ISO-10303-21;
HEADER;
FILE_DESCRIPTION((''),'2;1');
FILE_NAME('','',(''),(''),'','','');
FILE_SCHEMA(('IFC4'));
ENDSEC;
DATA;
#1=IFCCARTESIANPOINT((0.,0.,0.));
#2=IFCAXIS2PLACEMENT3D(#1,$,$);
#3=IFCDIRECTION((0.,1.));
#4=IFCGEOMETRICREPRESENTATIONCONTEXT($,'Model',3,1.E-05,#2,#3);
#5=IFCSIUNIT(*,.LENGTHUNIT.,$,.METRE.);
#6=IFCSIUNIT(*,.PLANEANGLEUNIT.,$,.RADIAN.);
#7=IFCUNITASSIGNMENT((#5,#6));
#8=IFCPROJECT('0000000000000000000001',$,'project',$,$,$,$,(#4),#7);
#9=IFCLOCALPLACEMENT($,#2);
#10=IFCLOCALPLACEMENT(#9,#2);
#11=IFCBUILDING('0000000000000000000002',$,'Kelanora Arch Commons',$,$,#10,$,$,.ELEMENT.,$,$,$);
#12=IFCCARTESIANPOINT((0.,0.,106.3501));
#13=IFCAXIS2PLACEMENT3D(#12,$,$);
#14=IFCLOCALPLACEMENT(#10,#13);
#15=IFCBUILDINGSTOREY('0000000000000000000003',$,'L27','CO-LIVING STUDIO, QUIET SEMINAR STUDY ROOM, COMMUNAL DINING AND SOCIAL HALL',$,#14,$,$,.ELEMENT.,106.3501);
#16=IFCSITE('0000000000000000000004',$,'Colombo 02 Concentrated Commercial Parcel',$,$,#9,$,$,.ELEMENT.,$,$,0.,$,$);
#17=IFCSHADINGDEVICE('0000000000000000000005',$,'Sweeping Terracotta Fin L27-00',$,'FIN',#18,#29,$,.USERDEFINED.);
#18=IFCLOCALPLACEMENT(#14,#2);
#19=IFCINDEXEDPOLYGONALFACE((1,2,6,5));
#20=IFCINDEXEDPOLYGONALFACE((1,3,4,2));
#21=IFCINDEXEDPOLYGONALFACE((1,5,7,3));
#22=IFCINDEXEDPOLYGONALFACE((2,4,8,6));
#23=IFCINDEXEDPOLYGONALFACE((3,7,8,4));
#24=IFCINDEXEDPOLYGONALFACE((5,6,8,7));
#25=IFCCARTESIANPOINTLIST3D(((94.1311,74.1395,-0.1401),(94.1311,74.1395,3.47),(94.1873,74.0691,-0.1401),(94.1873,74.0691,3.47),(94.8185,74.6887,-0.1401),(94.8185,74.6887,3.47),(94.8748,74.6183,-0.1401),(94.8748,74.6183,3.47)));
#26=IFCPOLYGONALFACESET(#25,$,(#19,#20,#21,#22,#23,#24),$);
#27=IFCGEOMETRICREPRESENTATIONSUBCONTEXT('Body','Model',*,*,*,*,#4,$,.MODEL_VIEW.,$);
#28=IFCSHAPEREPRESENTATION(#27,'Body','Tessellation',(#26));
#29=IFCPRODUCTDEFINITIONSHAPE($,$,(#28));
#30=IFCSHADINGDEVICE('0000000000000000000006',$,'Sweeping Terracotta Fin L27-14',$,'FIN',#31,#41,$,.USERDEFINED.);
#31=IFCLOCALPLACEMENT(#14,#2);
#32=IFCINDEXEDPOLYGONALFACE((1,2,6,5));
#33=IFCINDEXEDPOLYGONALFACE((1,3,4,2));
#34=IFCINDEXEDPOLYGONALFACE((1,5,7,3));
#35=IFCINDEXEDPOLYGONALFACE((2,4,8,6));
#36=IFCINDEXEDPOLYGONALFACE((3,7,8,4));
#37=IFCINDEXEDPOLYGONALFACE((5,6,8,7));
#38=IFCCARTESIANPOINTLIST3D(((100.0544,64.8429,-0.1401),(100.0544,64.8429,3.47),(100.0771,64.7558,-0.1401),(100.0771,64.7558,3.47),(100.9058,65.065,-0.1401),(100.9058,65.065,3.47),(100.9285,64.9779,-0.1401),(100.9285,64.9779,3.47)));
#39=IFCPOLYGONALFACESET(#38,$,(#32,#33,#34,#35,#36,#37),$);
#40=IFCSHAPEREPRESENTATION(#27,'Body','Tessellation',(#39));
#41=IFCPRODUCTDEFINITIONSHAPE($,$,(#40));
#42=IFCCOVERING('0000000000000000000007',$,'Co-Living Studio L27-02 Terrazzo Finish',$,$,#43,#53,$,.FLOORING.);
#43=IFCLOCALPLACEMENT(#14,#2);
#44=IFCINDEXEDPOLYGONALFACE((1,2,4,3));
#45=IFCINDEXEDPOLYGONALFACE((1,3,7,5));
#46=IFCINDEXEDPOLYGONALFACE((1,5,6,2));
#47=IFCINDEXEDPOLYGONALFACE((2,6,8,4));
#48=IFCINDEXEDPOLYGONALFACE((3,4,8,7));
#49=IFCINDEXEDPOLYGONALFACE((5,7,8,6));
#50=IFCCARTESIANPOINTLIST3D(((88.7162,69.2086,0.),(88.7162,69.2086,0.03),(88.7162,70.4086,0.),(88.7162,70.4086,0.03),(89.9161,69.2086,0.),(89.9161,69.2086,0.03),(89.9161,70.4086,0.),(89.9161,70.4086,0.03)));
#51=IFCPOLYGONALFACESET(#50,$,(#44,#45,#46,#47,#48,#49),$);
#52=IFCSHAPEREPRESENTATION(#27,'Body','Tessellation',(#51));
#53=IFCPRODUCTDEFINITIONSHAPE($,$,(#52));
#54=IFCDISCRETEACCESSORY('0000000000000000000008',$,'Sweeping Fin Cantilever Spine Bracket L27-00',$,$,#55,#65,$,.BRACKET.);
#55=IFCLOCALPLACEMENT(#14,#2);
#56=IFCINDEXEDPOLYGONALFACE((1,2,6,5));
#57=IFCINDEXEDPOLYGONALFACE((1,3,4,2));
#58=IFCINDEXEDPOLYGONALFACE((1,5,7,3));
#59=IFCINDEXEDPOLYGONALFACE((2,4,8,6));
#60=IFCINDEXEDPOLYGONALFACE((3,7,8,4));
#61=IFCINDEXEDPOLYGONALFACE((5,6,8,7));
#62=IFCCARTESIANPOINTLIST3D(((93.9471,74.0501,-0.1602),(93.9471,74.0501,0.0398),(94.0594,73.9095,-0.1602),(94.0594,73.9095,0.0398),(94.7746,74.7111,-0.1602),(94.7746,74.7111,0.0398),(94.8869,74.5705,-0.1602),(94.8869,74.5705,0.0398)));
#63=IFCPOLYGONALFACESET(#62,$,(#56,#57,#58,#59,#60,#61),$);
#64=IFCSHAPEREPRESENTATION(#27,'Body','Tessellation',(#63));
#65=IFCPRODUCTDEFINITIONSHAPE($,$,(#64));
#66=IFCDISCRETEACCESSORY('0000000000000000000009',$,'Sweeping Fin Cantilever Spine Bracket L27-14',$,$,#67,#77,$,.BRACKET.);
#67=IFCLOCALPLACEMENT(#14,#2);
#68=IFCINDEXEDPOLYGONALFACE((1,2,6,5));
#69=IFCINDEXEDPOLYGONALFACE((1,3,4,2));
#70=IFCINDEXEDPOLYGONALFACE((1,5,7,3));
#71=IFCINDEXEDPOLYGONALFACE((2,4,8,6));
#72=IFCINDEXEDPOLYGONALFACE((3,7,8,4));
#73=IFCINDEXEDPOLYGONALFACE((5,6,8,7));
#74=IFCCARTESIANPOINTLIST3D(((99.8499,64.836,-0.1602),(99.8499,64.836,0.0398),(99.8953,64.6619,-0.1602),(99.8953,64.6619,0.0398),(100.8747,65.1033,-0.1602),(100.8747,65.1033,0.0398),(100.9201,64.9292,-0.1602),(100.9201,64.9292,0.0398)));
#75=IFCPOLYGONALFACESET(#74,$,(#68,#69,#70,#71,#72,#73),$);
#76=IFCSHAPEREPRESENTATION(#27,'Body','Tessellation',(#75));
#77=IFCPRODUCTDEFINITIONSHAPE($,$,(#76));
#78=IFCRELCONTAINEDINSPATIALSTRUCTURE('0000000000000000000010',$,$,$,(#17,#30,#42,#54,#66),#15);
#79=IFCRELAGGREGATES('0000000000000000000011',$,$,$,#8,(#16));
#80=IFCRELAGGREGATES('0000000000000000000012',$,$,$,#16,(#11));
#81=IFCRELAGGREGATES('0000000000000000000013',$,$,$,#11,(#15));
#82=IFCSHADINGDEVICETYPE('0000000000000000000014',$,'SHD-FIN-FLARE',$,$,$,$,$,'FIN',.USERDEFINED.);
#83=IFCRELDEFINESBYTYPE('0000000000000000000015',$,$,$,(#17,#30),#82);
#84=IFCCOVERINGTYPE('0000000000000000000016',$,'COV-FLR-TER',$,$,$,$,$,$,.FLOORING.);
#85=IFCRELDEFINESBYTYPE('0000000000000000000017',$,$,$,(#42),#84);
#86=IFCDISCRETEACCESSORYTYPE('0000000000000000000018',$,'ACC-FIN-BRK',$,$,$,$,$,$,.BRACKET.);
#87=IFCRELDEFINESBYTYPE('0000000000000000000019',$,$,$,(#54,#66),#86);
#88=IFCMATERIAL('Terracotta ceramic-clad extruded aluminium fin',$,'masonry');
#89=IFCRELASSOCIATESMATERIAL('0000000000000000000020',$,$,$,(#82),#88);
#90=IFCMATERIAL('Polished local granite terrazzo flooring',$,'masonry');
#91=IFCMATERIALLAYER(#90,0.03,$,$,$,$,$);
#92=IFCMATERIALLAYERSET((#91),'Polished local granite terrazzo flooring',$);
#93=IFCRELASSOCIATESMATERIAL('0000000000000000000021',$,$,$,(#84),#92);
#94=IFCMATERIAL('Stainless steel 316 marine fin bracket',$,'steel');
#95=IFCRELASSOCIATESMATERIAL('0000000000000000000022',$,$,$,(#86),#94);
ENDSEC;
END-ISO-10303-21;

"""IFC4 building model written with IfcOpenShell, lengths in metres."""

from ifc_helpers import new_model, si_unit, direction, frame, origin, origin_2d, place, context, subcontext, project, spatial, rectangle, extrude, source, transform, mapped, material, layer, layer_set, type_object, element, save


model = new_model("IFC4")

# Units and contexts
model_context = context("Model", 3, precision=1e-05, world=origin(), true_north=direction((0.0, 1.0)))
body_context = subcontext(model_context, "Body", "Model", "MODEL_VIEW")
ifc_project = project(units=[si_unit("LENGTHUNIT", "METRE"), si_unit("PLANEANGLEUNIT", "RADIAN")], contexts=[model_context])

# Site, building, storey
site_placement = place(None, origin())
site = spatial("IfcSite", under=ifc_project, at=site_placement, Name="Colombo 02 Concentrated Commercial Parcel", CompositionType="ELEMENT", RefElevation=0.0)
building_placement = place(site_placement, origin())
building = spatial("IfcBuilding", under=site, at=building_placement, Name="Kelanora Arch Commons", CompositionType="ELEMENT")
storey_placement = place(building_placement, frame((0.0, 0.0, 106.3501)))
storey = spatial("IfcBuildingStorey", under=building, at=storey_placement, Name="L27", Description="CO-LIVING STUDIO, QUIET SEMINAR STUDY ROOM, COMMUNAL DINING AND SOCIAL HALL", CompositionType="ELEMENT", Elevation=106.3501)

# Shading devices
ifc_material_1 = material(Name="Terracotta ceramic-clad extruded aluminium fin", Category="masonry")
shading_device_type = type_object("IfcShadingDeviceType", Name="SHD-FIN-FLARE", ElementType="FIN", PredefinedType="USERDEFINED", material=ifc_material_1)
shared_shape_1 = source(origin(), body_context, "Body", "SweptSolid", [
    extrude(rectangle(XDim=0.8799, YDim=0.0901, at=origin_2d()), origin(), (0.0, 0.0, 1.0), 3.6101),
])
for number, where, z_axis, x_axis, name in (
    (1, (94.5029, 74.3789, -0.1401), (0.0, 0.0, 1.0), (0.781303, 0.624152, 0.0), "Sweeping Terracotta Fin L27-00"),
    (2, (100.4915, 64.9104, -0.1401), (0.0, 0.0, 1.0), (0.967621, 0.252407, 0.0), "Sweeping Terracotta Fin L27-14"),
):
    element("IfcShadingDevice", number, at=place(storey_placement, frame(where, z_axis=z_axis, x_axis=x_axis)), inside=storey, type_object=shading_device_type, Name=name, ObjectType="FIN", PredefinedType="USERDEFINED", context=body_context, shape_type="MappedRepresentation", body=[
        mapped(shared_shape_1, transform((0.0, 0.0, 0.0), scale=1.0)),
    ])

# Covering
ifc_material_2 = material(Name="Polished local granite terrazzo flooring", Category="masonry")
ifc_layer_1 = layer(ifc_material_2, 0.03)
ifc_layer_set_1 = layer_set([ifc_layer_1], Name="Polished local granite terrazzo flooring")
covering_type = type_object("IfcCoveringType", Name="COV-FLR-TER", PredefinedType="FLOORING", material=ifc_layer_set_1)
shared_shape_2 = source(origin(), body_context, "Body", "SweptSolid", [
    extrude(rectangle(XDim=1.2, YDim=1.2, at=origin_2d()), origin(), (0.0, 0.0, 1.0), 0.03),
])
covering_placement = place(storey_placement, frame((89.3162, 69.8086, 0.0), z_axis=(0.0, 0.0, 1.0), x_axis=(1.0, 0.0, 0.0)))
element("IfcCovering", 3, at=covering_placement, inside=storey, type_object=covering_type, Name="Co-Living Studio L27-02 Terrazzo Finish", PredefinedType="FLOORING", context=body_context, shape_type="MappedRepresentation", body=[
    mapped(shared_shape_2, transform((0.0, 0.0, 0.0), scale=1.0)),
])

# Discrete accessories
ifc_material_3 = material(Name="Stainless steel 316 marine fin bracket", Category="steel")
discrete_accessory_type = type_object("IfcDiscreteAccessoryType", Name="ACC-FIN-BRK", PredefinedType="BRACKET", material=ifc_material_3)
shared_shape_3 = source(origin(), body_context, "Body", "SweptSolid", [
    extrude(rectangle(XDim=1.0591, YDim=0.1799, at=origin_2d()), origin(), (0.0, 0.0, 1.0), 0.2),
])
for number, where, z_axis, x_axis, name in (
    (4, (94.417, 74.3103, -0.1602), (0.0, 0.0, 1.0), (0.781303, 0.624152, 0.0), "Sweeping Fin Cantilever Spine Bracket L27-00"),
    (5, (100.385, 64.8826, -0.1602), (0.0, 0.0, 1.0), (0.967621, 0.252407, 0.0), "Sweeping Fin Cantilever Spine Bracket L27-14"),
):
    element("IfcDiscreteAccessory", number, at=place(storey_placement, frame(where, z_axis=z_axis, x_axis=x_axis)), inside=storey, type_object=discrete_accessory_type, Name=name, PredefinedType="BRACKET", context=body_context, shape_type="MappedRepresentation", body=[
        mapped(shared_shape_3, transform((0.0, 0.0, 0.0), scale=1.0)),
    ])

save(model, "model.ifc")
